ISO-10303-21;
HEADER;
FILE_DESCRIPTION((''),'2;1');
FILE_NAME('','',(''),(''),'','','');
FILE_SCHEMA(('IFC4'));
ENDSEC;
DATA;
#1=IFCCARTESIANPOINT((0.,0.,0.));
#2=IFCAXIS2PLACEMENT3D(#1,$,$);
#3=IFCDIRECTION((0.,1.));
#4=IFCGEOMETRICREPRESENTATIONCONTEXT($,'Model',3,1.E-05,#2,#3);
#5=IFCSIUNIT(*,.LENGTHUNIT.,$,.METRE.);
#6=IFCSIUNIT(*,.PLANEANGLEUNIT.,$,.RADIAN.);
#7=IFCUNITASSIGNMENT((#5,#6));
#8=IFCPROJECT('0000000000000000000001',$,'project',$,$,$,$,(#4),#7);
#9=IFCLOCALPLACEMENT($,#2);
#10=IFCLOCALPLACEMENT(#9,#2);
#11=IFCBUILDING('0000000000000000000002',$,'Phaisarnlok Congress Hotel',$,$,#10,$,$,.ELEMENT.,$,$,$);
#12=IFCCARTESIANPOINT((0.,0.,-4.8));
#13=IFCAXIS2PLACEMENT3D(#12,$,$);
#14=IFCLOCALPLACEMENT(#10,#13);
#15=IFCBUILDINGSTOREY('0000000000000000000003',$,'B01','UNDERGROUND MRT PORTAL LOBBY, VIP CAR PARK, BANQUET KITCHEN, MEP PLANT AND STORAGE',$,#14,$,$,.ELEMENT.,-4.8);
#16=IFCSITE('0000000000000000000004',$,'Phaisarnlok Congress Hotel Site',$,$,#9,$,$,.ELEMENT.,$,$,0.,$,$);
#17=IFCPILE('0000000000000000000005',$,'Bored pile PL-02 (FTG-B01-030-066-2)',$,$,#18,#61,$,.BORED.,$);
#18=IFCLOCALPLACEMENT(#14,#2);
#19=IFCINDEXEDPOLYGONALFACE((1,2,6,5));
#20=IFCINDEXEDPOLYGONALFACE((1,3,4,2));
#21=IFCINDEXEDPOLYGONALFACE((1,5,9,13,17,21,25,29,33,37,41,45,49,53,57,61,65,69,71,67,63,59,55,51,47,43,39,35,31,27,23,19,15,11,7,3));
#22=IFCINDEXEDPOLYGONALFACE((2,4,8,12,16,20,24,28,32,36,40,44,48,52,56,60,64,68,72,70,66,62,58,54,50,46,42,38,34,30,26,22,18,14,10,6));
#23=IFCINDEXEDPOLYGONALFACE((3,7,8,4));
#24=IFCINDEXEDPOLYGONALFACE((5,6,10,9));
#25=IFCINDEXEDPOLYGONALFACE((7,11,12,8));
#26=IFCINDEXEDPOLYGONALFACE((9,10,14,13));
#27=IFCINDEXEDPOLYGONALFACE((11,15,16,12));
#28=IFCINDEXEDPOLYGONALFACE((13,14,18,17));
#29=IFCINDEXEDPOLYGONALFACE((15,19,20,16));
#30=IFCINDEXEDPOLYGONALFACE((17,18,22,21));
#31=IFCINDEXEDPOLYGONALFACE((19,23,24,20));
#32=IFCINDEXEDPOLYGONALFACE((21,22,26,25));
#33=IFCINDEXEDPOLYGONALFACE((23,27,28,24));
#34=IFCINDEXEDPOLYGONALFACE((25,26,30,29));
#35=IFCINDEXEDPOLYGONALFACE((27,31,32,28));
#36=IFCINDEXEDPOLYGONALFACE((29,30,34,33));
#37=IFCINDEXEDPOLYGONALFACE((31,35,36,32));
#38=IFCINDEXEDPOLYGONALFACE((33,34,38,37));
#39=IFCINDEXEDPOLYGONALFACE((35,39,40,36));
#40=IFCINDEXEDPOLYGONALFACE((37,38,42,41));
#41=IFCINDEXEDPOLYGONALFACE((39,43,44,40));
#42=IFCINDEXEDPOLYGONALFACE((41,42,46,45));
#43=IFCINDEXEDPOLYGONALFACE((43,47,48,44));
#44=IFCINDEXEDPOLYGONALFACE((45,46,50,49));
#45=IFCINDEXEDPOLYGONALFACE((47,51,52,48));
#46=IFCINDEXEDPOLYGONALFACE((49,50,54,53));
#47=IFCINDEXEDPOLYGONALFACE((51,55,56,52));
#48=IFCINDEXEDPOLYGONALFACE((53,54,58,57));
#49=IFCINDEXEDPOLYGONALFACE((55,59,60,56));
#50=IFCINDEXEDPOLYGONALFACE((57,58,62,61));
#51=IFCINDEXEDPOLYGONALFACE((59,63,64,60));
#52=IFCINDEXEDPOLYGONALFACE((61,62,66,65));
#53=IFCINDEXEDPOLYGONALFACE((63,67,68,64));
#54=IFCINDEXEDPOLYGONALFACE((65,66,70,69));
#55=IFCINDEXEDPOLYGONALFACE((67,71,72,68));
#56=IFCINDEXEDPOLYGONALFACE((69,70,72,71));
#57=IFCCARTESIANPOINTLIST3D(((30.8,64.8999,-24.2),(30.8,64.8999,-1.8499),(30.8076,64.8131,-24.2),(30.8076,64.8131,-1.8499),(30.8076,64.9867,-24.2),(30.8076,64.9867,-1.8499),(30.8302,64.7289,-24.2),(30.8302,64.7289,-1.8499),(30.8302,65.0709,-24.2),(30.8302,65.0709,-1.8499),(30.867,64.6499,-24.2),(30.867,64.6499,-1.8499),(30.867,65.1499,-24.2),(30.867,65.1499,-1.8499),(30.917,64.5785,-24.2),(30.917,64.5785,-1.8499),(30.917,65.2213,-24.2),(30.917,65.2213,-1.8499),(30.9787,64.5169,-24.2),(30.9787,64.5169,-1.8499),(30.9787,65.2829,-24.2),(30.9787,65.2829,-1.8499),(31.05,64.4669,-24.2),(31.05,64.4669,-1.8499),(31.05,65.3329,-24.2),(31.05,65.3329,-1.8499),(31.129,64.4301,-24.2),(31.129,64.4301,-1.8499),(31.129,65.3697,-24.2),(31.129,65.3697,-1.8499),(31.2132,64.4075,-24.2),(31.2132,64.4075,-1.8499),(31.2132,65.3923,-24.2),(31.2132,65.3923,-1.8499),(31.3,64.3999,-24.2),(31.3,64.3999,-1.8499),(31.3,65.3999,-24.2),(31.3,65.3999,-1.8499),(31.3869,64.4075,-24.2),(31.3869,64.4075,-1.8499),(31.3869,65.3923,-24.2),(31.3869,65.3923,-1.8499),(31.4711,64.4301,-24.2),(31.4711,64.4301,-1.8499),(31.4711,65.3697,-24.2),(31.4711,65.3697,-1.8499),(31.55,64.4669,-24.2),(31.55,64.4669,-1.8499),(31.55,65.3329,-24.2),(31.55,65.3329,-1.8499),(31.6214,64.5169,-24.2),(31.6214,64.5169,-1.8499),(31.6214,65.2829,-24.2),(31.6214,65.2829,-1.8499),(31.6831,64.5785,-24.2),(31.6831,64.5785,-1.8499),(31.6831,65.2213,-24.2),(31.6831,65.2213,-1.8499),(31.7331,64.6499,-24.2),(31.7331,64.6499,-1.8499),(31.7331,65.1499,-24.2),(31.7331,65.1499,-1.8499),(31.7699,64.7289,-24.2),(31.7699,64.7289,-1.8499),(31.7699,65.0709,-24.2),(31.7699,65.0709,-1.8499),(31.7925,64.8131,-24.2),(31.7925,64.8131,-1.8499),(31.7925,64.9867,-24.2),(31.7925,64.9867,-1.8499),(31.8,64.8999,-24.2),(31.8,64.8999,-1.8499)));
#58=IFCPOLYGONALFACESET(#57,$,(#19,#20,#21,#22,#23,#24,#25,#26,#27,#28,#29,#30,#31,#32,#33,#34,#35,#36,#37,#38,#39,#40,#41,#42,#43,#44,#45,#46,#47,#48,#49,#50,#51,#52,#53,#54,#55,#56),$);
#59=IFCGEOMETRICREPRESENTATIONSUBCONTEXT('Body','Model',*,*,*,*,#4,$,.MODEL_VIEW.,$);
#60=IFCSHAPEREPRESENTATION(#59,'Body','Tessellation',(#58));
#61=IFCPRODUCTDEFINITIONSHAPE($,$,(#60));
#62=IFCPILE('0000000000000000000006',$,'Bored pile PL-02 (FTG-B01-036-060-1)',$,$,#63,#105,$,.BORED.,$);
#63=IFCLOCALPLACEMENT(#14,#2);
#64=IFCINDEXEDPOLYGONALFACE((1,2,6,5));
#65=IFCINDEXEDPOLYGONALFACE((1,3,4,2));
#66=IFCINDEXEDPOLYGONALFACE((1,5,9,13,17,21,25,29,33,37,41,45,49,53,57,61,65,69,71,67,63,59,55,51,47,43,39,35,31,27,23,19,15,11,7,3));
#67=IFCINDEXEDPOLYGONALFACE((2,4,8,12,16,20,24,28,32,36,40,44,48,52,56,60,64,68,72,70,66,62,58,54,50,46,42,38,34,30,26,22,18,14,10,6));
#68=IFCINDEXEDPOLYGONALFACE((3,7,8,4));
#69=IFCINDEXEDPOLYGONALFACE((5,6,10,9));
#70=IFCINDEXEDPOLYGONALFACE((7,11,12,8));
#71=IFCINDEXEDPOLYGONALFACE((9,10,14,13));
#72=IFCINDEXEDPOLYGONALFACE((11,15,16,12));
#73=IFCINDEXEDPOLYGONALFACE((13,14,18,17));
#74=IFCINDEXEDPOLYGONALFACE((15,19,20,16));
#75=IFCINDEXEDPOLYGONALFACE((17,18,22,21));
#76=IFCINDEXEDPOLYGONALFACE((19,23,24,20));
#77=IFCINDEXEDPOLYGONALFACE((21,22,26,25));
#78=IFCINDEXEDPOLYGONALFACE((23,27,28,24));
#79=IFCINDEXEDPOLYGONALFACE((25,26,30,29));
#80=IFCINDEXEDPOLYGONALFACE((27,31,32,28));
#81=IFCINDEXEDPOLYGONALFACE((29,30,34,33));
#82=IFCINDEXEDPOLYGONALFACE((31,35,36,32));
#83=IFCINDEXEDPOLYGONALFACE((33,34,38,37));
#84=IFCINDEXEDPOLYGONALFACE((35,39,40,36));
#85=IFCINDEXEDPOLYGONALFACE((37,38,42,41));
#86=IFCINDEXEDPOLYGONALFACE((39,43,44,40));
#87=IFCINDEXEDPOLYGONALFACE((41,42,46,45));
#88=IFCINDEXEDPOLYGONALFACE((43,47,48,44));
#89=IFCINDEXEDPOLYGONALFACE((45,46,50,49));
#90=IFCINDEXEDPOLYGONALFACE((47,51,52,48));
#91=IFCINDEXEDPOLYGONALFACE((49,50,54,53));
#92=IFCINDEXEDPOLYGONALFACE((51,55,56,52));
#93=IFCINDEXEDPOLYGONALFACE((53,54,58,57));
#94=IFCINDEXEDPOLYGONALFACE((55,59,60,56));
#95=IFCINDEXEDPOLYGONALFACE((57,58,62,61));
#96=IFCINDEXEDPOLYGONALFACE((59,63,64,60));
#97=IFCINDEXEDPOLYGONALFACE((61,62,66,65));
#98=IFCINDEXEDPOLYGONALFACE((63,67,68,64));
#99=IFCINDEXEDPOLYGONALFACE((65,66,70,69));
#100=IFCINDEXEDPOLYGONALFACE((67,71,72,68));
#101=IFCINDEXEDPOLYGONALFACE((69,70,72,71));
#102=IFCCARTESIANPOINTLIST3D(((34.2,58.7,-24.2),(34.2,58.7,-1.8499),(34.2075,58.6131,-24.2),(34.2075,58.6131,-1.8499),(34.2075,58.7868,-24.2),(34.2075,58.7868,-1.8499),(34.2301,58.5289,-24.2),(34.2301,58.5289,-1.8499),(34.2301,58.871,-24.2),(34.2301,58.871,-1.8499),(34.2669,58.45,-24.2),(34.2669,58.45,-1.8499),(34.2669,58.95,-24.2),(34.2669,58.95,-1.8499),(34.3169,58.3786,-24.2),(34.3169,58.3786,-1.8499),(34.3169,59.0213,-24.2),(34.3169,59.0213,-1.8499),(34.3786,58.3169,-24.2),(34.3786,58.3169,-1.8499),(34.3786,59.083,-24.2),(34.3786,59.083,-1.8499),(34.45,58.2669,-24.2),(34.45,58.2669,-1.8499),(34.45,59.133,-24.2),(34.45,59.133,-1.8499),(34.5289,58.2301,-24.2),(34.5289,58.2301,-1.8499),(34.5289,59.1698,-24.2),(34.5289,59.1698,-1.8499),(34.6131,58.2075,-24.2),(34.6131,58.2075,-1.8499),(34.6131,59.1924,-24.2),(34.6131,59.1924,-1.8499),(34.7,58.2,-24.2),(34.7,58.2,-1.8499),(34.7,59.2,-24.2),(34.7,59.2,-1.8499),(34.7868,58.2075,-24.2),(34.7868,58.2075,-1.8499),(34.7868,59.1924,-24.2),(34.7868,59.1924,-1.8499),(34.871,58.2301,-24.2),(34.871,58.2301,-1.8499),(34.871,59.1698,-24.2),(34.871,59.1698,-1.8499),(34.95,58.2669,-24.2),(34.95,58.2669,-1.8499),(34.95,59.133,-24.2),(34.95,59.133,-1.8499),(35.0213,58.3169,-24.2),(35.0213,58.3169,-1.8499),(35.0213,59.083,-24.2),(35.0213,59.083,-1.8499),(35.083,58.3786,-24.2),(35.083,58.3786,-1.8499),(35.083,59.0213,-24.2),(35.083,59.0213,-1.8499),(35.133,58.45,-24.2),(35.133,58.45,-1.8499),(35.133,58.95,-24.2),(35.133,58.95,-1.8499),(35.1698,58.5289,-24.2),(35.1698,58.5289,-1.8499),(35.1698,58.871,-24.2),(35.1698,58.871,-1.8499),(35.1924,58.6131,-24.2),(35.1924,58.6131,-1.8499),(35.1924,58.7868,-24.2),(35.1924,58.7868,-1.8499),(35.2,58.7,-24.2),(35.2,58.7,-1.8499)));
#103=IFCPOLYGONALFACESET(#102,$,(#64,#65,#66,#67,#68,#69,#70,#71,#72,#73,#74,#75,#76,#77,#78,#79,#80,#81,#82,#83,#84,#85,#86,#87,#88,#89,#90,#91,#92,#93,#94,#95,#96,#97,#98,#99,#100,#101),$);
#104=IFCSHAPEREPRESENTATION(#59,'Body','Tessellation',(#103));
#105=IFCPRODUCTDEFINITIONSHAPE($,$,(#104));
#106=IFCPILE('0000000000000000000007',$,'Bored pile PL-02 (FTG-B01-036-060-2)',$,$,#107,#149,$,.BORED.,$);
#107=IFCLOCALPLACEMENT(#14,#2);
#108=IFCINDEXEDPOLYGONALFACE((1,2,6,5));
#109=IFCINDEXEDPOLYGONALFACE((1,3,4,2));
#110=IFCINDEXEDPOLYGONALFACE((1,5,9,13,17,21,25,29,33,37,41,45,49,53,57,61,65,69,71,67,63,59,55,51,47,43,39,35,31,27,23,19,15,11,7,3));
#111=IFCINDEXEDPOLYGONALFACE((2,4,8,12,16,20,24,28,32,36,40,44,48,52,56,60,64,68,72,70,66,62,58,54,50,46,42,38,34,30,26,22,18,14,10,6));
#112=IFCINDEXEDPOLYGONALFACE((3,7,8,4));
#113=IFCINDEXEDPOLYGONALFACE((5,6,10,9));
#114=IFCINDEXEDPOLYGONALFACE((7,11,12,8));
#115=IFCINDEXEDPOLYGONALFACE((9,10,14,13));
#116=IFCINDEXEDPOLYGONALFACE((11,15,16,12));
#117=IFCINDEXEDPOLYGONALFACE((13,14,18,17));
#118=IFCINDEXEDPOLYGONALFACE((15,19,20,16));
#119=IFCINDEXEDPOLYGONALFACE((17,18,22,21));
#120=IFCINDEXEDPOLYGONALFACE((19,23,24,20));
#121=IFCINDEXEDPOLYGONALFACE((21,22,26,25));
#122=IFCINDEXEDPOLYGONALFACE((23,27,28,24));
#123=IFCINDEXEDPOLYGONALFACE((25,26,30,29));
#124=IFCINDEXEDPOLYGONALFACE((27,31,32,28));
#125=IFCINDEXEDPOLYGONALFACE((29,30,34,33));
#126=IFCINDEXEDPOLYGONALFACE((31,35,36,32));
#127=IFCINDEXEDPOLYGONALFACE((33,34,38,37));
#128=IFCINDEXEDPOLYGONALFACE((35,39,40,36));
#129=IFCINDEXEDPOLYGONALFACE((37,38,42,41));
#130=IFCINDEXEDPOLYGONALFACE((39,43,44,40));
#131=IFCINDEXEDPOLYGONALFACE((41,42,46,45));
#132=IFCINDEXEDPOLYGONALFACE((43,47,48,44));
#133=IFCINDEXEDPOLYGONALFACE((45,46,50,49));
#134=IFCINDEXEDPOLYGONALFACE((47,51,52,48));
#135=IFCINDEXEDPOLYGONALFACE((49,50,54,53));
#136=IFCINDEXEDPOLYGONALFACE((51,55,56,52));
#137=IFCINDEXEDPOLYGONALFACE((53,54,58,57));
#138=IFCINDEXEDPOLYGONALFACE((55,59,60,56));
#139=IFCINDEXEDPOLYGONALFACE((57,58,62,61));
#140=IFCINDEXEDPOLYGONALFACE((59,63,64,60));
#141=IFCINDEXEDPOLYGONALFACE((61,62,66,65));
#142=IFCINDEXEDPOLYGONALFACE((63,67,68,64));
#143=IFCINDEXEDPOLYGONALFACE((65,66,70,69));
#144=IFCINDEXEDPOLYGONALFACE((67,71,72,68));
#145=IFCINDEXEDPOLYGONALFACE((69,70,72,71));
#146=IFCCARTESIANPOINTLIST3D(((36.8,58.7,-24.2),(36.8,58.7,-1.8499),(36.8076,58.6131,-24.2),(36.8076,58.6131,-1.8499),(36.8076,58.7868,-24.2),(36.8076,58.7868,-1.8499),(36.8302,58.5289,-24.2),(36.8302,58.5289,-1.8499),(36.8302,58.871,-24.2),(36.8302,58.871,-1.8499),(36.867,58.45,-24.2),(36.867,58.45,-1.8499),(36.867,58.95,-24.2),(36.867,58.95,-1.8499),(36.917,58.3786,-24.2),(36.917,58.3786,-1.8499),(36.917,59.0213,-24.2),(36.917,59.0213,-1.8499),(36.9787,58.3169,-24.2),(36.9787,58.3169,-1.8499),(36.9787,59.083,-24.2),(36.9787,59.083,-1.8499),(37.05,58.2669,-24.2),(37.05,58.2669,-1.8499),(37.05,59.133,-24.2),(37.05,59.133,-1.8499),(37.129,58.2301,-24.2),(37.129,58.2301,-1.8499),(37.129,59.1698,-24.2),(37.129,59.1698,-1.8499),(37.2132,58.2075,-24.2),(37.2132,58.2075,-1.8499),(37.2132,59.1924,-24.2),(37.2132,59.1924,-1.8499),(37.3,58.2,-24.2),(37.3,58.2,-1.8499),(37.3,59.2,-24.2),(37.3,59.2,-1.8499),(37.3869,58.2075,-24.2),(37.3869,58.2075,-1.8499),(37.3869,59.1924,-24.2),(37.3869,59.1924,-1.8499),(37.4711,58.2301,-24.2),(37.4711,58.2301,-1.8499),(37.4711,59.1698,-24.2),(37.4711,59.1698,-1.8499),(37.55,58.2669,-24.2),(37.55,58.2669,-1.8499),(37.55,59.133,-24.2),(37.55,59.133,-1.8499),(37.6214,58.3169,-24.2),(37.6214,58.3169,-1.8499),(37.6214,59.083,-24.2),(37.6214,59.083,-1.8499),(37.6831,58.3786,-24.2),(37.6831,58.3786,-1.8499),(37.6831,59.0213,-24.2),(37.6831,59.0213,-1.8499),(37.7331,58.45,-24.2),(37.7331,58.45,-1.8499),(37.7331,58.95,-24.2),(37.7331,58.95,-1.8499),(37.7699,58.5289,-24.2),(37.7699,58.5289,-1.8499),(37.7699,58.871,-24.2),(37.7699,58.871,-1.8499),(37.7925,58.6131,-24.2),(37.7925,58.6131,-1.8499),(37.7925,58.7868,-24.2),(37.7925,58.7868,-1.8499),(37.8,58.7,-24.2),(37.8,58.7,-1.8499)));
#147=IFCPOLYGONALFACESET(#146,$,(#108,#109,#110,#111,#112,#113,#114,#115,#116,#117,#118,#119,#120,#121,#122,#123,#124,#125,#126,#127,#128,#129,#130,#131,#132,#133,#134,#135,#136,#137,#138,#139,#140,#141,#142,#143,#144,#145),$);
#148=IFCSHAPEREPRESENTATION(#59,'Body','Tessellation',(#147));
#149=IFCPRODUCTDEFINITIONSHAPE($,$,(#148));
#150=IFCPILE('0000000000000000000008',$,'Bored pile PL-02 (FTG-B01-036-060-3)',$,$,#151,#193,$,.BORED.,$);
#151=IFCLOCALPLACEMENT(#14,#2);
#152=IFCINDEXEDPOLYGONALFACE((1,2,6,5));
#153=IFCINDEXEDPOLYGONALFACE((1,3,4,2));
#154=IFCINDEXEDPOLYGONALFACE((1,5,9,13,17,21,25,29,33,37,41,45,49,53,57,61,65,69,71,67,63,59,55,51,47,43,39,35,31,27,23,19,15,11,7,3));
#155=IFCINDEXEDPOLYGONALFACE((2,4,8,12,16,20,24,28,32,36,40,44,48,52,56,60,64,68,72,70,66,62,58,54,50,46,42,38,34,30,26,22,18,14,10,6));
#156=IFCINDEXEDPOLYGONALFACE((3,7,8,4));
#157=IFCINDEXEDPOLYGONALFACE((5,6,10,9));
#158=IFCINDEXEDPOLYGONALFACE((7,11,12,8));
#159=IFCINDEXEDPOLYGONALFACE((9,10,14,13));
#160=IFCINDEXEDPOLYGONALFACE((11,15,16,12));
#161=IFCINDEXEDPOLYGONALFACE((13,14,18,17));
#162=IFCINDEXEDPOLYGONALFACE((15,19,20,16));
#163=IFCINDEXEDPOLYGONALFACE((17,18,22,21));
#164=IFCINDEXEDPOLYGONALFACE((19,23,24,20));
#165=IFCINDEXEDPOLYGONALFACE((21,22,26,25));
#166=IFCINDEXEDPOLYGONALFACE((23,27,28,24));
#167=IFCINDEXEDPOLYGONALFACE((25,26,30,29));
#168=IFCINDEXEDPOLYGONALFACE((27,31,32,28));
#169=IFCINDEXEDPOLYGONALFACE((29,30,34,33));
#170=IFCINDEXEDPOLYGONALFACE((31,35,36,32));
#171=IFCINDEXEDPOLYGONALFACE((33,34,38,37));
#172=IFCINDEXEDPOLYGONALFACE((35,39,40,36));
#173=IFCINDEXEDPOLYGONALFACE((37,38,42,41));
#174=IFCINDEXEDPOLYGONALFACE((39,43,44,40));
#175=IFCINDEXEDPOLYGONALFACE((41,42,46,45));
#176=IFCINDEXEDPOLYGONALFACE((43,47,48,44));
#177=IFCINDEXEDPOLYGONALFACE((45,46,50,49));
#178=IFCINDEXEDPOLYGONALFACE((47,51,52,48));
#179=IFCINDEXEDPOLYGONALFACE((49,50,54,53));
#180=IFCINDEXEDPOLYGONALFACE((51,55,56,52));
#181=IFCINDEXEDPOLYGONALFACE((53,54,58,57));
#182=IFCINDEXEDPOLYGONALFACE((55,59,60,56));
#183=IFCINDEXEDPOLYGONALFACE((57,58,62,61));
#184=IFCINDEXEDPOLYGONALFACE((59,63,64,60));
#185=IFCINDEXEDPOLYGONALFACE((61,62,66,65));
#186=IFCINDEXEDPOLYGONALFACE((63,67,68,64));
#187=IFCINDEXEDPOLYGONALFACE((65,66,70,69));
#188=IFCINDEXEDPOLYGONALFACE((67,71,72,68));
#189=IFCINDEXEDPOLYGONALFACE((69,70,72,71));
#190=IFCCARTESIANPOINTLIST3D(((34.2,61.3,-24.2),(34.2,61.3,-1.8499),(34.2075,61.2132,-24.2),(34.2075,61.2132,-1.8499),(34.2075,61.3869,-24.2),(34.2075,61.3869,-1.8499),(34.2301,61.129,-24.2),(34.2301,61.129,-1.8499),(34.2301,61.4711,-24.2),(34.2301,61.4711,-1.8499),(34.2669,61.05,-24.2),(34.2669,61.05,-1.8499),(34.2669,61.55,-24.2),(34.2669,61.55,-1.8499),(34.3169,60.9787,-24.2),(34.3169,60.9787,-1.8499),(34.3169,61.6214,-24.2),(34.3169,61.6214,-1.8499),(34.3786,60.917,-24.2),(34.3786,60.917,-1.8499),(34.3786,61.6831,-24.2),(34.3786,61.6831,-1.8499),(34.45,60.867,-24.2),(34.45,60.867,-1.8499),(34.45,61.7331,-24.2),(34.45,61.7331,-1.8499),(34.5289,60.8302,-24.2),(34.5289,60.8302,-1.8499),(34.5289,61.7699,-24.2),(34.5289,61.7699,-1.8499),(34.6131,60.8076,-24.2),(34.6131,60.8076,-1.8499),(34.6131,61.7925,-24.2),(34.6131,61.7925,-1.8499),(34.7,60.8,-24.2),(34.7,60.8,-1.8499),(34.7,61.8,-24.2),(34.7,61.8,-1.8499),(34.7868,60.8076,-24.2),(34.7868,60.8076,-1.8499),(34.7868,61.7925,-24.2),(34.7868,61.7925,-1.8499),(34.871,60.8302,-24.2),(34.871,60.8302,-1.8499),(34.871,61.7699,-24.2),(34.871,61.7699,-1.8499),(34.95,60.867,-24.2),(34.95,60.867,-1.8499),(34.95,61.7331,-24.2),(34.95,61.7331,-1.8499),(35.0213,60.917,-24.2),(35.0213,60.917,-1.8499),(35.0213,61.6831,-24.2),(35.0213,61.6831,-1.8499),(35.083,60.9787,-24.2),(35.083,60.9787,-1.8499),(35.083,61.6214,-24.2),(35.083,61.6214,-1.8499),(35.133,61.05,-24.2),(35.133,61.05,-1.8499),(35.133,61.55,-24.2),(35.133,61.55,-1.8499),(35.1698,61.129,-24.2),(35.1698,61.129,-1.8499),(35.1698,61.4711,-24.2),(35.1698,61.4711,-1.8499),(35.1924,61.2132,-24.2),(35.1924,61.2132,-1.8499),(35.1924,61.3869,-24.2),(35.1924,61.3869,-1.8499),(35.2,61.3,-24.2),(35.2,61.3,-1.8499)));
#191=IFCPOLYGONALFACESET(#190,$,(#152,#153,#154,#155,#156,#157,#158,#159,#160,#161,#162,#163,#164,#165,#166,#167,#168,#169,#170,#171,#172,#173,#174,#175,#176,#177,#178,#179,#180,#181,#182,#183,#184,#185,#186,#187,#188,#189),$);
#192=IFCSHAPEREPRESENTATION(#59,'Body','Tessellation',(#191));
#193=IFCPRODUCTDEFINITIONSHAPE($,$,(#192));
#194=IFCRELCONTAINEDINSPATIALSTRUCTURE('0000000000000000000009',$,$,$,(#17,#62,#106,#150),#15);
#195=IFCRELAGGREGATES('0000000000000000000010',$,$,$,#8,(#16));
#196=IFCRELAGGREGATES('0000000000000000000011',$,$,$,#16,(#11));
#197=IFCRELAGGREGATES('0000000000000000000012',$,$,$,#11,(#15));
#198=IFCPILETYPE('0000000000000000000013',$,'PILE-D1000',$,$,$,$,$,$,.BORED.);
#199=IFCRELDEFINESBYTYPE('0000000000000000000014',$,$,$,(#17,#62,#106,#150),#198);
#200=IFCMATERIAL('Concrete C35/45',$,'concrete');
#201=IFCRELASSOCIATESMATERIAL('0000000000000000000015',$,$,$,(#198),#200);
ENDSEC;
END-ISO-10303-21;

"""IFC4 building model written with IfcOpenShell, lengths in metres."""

from ifc_helpers import new_model, si_unit, direction, frame, origin, origin_2d, place, context, subcontext, project, spatial, circle, extrude, material, material_profile, profile_set, type_object, element, save


model = new_model("IFC4")

# Units and contexts
model_context = context("Model", 3, precision=1e-05, world=origin(), true_north=direction((0.0, 1.0)))
body_context = subcontext(model_context, "Body", "Model", "MODEL_VIEW")
ifc_project = project(units=[si_unit("LENGTHUNIT", "METRE"), si_unit("PLANEANGLEUNIT", "RADIAN")], contexts=[model_context])

# Site, building, storey
site_placement = place(None, origin())
site = spatial("IfcSite", under=ifc_project, at=site_placement, Name="Phaisarnlok Congress Hotel Site", CompositionType="ELEMENT", RefElevation=0.0)
building_placement = place(site_placement, origin())
building = spatial("IfcBuilding", under=site, at=building_placement, Name="Phaisarnlok Congress Hotel", CompositionType="ELEMENT")
storey_placement = place(building_placement, frame((0.0, 0.0, -4.8)))
storey = spatial("IfcBuildingStorey", under=building, at=storey_placement, Name="B01", Description="UNDERGROUND MRT PORTAL LOBBY, VIP CAR PARK, BANQUET KITCHEN, MEP PLANT AND STORAGE", CompositionType="ELEMENT", Elevation=-4.8)

# Piles
ifc_material_1 = material(Name="Concrete C35/45", Category="concrete")
ifc_material_profile_1 = material_profile(ifc_material_1, circle(Radius=0.5, at=origin_2d()), Name="BORED PILE D1000")
ifc_profile_set_1 = profile_set([ifc_material_profile_1], Name="Concrete C35/45")
pile_type_1 = type_object("IfcPileType", Name="PILE-D1000", PredefinedType="BORED", material=ifc_profile_set_1)
for number, where, z_axis, x_axis, name in (
    (1, (31.3, 64.8999, -1.8499), (0.0, 0.0, -1.0), (1.0, 0.0, 0.0), "Bored pile PL-02 (FTG-B01-030-066-2)"),
    (2, (34.7, 58.7, -1.8499), (0.0, 0.0, -1.0), (1.0, 0.0, 0.0), "Bored pile PL-02 (FTG-B01-036-060-1)"),
    (3, (37.3, 58.7, -1.8499), (0.0, 0.0, -1.0), (1.0, 0.0, 0.0), "Bored pile PL-02 (FTG-B01-036-060-2)"),
    (4, (34.7, 61.3, -1.8499), (0.0, 0.0, -1.0), (1.0, 0.0, 0.0), "Bored pile PL-02 (FTG-B01-036-060-3)"),
):
    element("IfcPile", number, at=place(storey_placement, frame(where, z_axis=z_axis, x_axis=x_axis)), inside=storey, type_object=pile_type_1, Name=name, PredefinedType="BORED", context=body_context, shape_type="SweptSolid", body=[
        extrude(circle(Radius=0.5, at=origin_2d()), origin(), (0.0, 0.0, 1.0), 22.3501),
    ])

save(model, "model.ifc")
